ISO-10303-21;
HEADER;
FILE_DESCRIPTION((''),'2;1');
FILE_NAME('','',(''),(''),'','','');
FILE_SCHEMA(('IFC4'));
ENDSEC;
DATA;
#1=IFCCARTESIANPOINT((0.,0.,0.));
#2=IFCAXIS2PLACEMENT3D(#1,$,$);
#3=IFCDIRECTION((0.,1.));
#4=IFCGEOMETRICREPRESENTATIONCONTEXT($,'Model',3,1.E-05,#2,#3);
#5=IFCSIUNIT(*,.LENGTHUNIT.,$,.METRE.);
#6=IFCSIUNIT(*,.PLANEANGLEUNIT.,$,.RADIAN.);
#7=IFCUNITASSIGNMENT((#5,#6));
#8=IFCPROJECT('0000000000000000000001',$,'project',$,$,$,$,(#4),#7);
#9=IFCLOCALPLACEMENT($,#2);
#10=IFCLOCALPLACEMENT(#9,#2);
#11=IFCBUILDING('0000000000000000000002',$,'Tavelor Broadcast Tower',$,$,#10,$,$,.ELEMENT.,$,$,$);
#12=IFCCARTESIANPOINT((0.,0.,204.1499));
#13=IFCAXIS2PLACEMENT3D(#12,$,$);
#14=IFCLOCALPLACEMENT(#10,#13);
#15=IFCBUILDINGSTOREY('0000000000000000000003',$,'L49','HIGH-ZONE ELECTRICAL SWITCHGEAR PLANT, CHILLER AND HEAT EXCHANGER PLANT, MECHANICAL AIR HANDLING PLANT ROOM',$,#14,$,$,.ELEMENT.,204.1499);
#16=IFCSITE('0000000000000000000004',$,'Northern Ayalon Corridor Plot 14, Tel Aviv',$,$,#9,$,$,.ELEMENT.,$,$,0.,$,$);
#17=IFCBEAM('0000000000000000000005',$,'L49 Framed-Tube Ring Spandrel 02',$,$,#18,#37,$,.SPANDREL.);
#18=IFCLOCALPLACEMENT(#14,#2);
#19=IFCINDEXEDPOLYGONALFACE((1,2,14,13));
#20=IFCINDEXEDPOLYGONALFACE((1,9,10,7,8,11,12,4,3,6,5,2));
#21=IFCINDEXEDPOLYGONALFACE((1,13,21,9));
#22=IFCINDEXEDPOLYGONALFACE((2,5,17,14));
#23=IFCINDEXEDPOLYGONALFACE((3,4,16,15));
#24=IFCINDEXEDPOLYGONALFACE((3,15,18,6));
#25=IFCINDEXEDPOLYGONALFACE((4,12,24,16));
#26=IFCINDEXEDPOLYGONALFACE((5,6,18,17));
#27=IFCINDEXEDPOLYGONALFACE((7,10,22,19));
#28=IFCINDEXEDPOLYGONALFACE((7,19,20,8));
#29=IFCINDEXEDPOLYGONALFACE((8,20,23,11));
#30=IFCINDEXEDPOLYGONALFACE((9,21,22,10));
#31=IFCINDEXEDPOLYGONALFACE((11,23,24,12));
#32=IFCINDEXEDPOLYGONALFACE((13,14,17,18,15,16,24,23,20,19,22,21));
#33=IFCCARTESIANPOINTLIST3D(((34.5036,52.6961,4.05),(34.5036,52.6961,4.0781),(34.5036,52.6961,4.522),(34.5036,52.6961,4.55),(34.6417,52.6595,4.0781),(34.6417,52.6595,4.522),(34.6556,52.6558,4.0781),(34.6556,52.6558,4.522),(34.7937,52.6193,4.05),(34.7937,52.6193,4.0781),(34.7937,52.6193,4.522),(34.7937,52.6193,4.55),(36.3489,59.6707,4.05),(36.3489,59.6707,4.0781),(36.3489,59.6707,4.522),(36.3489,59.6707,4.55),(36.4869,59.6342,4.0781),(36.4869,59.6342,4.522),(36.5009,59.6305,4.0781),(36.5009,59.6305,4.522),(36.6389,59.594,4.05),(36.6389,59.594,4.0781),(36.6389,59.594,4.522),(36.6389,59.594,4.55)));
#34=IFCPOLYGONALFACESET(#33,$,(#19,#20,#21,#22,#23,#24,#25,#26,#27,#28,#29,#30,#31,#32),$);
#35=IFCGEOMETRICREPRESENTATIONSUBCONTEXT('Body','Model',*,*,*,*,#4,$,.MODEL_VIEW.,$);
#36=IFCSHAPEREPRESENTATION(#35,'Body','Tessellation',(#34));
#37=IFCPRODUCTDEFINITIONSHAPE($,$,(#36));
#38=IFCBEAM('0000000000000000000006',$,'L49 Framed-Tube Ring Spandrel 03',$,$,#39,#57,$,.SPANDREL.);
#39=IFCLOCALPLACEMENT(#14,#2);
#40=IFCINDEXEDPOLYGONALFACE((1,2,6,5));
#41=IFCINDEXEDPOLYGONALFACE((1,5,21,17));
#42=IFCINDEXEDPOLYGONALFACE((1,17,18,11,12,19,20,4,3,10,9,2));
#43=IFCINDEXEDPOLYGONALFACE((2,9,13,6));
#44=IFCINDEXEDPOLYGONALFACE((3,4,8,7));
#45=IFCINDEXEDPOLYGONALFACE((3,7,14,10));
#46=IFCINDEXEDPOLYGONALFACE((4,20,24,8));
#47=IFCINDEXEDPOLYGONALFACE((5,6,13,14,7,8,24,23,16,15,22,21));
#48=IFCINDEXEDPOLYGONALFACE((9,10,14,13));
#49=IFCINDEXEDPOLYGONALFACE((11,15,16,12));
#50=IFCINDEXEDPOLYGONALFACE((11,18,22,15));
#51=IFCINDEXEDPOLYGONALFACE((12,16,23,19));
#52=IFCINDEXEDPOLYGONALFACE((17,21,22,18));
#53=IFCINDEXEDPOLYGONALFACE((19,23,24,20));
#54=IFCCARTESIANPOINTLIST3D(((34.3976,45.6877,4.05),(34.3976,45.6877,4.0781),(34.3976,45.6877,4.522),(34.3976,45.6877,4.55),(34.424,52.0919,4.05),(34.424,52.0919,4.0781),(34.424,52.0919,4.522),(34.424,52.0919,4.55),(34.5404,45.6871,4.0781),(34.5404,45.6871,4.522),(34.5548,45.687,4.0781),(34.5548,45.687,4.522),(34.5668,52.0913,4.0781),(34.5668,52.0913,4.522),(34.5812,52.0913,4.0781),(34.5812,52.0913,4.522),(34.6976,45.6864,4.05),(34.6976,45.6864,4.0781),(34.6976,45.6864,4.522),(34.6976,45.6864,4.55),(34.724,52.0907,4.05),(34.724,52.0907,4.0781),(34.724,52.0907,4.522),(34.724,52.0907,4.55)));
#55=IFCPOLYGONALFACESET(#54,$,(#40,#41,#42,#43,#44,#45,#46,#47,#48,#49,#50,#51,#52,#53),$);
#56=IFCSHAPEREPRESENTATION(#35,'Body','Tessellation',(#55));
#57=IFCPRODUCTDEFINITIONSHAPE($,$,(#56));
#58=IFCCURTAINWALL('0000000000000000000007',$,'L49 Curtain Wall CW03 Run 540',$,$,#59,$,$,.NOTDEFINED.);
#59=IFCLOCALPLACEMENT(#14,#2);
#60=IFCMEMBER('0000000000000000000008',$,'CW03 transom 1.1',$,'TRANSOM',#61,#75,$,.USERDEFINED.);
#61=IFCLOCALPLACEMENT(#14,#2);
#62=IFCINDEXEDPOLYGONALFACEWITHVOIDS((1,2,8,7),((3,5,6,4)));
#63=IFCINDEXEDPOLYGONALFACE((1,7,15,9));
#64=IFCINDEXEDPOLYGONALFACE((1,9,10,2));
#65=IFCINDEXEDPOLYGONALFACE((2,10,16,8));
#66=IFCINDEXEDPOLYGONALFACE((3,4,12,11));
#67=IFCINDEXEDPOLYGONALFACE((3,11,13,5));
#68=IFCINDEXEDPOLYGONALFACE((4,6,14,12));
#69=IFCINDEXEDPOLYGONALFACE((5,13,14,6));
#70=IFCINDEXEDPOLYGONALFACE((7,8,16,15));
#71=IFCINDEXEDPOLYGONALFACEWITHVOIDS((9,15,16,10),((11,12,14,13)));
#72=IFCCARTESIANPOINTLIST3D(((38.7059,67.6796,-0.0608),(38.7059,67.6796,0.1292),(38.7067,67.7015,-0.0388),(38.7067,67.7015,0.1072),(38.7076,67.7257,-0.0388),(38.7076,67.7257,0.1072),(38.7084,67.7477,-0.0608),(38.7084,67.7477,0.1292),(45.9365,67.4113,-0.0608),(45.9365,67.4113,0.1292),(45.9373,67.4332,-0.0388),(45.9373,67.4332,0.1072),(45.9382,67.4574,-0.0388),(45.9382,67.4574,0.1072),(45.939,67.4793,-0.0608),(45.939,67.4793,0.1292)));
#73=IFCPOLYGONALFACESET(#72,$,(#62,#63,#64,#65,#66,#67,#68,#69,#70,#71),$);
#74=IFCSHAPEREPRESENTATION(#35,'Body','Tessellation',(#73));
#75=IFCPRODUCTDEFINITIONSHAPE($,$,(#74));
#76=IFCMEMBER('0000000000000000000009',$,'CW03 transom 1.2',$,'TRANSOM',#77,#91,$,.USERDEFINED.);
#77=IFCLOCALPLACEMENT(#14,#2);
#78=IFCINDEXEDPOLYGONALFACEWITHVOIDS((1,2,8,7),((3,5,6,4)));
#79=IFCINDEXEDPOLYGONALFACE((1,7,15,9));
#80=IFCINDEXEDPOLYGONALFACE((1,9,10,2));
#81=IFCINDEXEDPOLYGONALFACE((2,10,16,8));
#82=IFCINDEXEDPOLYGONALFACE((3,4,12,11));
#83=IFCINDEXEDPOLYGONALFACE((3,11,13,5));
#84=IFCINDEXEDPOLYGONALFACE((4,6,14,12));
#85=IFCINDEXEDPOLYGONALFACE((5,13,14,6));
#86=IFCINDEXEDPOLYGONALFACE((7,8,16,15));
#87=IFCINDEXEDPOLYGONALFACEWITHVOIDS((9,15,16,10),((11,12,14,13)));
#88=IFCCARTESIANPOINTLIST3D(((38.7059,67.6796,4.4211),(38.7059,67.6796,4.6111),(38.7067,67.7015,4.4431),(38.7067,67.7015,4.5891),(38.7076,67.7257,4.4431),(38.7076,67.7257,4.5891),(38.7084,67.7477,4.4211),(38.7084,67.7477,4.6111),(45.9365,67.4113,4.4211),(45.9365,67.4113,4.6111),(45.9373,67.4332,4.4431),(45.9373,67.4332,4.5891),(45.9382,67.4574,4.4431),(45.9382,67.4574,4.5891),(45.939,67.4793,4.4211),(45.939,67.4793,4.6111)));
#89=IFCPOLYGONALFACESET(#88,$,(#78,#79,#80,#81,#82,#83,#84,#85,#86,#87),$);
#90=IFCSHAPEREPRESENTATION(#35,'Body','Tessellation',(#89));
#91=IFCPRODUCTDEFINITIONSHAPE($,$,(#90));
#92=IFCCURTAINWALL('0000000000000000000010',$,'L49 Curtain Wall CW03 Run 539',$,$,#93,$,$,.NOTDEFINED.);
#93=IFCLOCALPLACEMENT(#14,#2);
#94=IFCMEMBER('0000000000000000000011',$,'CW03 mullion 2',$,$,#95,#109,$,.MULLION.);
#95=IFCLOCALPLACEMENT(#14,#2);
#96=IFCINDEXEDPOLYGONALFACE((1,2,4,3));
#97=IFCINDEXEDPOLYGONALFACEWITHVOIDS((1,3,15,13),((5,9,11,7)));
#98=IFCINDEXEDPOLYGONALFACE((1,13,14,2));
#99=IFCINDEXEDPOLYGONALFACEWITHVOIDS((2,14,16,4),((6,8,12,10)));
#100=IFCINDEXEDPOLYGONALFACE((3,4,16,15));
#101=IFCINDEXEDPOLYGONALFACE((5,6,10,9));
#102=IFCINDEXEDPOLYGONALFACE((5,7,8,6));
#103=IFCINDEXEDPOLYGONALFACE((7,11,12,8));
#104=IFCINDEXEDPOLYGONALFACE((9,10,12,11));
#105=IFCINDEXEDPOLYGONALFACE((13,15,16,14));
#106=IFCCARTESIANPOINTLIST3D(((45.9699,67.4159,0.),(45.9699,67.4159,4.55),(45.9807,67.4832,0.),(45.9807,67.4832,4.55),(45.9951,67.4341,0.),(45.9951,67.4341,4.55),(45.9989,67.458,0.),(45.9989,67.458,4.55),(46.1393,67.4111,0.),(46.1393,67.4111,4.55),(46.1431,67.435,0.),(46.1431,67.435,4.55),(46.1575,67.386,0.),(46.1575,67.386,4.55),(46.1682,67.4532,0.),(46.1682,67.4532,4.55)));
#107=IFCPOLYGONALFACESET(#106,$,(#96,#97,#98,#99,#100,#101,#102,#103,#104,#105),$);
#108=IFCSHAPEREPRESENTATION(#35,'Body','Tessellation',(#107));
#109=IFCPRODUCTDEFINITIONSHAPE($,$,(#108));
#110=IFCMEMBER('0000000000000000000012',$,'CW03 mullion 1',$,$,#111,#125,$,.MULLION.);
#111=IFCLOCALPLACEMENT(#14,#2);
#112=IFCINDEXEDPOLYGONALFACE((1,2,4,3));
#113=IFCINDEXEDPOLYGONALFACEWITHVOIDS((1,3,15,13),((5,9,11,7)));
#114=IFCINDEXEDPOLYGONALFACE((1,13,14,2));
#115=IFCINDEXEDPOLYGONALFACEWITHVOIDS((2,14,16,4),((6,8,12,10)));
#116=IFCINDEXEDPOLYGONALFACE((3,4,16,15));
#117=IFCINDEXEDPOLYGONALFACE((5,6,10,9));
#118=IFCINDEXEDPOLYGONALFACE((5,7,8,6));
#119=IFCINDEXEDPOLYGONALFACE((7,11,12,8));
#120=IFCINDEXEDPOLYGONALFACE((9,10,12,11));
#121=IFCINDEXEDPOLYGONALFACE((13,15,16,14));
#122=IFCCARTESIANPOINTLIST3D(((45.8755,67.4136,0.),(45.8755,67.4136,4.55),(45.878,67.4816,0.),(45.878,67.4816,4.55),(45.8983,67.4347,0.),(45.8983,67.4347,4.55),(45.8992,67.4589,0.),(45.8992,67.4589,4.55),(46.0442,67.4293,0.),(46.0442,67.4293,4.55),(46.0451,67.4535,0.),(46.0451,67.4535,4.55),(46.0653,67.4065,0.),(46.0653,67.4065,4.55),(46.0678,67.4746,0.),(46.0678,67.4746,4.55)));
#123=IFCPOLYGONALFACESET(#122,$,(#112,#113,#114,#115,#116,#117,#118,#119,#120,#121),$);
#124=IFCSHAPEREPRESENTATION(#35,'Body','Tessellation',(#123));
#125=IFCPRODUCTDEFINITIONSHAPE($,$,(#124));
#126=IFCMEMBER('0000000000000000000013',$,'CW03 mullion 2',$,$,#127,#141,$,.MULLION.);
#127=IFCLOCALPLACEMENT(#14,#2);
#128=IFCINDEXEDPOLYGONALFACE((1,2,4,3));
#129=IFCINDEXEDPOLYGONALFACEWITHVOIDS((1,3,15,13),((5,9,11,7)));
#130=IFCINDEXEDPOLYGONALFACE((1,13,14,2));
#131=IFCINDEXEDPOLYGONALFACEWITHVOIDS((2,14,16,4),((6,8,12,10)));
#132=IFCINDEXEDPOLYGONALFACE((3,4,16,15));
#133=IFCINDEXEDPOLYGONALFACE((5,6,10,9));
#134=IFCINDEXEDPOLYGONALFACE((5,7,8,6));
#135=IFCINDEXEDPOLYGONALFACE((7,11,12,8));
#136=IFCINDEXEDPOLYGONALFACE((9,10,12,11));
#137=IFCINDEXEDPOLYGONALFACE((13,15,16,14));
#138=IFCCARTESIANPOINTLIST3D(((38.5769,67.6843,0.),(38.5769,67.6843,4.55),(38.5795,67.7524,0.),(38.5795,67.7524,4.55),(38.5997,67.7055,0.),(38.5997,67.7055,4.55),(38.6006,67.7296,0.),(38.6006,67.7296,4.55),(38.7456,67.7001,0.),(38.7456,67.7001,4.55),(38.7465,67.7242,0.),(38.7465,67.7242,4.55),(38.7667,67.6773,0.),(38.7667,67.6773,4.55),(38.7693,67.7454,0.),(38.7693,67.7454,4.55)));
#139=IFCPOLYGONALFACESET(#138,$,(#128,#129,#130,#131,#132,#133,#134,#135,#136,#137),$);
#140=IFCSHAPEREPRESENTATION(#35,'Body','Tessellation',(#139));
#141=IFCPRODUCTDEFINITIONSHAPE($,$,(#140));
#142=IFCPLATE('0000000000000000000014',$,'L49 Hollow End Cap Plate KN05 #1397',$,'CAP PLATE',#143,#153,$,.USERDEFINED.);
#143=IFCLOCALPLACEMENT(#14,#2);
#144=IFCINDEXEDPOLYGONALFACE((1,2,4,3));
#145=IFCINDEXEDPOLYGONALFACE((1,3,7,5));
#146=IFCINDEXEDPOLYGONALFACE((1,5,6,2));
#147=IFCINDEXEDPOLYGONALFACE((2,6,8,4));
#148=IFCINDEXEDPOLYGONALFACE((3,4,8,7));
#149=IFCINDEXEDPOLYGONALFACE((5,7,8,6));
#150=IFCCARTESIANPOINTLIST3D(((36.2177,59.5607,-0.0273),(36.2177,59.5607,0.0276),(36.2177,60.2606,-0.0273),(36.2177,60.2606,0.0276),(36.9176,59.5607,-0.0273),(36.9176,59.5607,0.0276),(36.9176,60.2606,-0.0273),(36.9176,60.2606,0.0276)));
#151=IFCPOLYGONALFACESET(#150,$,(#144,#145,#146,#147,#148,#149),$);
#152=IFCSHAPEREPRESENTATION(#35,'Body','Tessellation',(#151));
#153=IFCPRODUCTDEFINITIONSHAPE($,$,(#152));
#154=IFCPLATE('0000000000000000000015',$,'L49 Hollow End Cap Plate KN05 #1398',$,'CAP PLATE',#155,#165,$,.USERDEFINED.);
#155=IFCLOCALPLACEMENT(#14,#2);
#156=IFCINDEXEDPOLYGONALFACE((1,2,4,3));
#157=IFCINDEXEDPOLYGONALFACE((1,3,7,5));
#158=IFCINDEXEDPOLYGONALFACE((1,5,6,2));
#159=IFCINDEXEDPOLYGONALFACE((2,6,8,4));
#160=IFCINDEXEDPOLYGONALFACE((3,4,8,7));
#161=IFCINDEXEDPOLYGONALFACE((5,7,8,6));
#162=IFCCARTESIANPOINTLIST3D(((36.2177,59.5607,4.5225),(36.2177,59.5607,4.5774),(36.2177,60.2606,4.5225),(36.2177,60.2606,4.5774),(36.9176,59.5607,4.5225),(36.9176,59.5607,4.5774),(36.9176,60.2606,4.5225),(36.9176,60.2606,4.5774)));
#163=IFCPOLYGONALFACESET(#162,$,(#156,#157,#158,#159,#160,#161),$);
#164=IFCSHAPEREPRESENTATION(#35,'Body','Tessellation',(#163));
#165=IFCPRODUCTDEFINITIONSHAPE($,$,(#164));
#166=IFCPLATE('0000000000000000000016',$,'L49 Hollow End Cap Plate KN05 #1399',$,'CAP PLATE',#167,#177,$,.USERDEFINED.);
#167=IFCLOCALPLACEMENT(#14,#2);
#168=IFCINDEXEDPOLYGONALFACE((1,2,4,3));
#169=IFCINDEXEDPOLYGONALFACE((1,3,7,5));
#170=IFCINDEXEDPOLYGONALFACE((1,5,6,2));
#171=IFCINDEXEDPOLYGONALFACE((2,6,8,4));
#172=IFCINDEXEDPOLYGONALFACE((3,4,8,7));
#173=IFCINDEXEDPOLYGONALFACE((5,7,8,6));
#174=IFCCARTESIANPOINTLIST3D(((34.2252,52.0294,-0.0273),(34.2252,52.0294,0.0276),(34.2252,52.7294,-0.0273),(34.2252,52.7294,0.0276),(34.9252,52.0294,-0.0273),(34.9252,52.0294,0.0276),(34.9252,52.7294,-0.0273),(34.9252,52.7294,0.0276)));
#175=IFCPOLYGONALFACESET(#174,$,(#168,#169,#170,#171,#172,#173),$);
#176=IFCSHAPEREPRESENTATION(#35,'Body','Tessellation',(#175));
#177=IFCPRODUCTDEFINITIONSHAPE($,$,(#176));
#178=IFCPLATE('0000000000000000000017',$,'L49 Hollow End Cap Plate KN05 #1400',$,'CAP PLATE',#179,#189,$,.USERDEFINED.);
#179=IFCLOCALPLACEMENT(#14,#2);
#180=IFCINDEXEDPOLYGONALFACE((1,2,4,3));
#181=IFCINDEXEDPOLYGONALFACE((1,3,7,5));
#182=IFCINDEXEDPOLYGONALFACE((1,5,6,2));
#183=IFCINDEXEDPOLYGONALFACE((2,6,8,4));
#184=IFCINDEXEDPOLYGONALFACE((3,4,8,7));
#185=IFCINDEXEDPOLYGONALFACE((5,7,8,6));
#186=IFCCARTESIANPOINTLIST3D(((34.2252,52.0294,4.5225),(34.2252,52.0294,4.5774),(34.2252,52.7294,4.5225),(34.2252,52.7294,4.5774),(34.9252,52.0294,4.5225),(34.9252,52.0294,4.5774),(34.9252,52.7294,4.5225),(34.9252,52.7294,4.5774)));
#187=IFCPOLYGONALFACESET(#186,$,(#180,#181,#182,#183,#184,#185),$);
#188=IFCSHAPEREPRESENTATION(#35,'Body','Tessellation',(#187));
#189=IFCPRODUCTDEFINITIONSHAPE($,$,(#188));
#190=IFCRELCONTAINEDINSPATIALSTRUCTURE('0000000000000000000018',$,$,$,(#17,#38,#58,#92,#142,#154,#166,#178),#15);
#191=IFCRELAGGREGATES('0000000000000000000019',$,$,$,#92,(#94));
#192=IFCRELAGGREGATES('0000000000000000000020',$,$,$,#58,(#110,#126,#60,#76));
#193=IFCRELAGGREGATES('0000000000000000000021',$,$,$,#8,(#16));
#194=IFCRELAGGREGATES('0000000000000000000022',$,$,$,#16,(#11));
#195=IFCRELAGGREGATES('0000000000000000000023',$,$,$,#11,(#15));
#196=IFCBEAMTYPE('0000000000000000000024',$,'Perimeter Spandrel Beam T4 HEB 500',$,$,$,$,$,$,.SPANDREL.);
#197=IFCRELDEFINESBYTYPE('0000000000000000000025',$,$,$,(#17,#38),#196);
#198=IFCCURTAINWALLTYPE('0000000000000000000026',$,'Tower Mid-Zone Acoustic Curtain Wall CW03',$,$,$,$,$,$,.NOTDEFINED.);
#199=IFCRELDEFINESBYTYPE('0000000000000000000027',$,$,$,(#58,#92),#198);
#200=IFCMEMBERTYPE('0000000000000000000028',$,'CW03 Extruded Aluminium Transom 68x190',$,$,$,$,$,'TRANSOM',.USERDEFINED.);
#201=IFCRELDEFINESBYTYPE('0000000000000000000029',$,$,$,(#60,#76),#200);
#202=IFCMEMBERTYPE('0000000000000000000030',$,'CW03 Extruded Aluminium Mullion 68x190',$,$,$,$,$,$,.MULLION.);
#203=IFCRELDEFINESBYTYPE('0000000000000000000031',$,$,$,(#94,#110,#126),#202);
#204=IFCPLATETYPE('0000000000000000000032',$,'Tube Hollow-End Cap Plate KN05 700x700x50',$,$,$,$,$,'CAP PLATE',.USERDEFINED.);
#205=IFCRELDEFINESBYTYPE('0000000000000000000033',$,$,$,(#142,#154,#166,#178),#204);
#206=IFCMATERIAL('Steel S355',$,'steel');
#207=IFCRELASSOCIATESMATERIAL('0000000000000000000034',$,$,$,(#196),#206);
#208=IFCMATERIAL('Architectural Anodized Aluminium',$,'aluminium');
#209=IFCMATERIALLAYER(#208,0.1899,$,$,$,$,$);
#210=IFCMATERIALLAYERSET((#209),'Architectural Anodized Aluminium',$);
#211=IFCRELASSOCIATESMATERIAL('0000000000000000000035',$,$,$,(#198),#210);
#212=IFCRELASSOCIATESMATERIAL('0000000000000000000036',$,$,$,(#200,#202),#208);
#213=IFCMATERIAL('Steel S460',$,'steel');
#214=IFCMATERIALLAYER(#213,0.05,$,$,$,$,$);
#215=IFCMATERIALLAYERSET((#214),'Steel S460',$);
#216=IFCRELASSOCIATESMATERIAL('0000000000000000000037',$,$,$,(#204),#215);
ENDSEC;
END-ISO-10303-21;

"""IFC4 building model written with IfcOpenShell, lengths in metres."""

from ifc_helpers import new_model, si_unit, direction, frame, origin, origin_2d, place, context, subcontext, project, spatial, rectangle, hollow_rectangle, i_section, extrude, source, transform, mapped, material, layer, layer_set, material_profile, profile_set, type_object, type_shapes, element, aggregate, save


model = new_model("IFC4")

# Units and contexts
model_context = context("Model", 3, precision=1e-05, world=origin(), true_north=direction((0.0, 1.0)))
body_context = subcontext(model_context, "Body", "Model", "MODEL_VIEW")
ifc_project = project(units=[si_unit("LENGTHUNIT", "METRE"), si_unit("PLANEANGLEUNIT", "RADIAN")], contexts=[model_context])

# Site, building, storey
site_placement = place(None, origin())
site = spatial("IfcSite", under=ifc_project, at=site_placement, Name="Northern Ayalon Corridor Plot 14, Tel Aviv", CompositionType="ELEMENT", RefElevation=0.0)
building_placement = place(site_placement, origin())
building = spatial("IfcBuilding", under=site, at=building_placement, Name="Tavelor Broadcast Tower", CompositionType="ELEMENT")
storey_placement = place(building_placement, frame((0.0, 0.0, 204.1499)))
storey = spatial("IfcBuildingStorey", under=building, at=storey_placement, Name="L49", Description="HIGH-ZONE ELECTRICAL SWITCHGEAR PLANT, CHILLER AND HEAT EXCHANGER PLANT, MECHANICAL AIR HANDLING PLANT ROOM", CompositionType="ELEMENT", Elevation=204.1499)

# Shared definitions
ifc_material_1 = material(Name="Steel S460", Category="steel")

# Beams
ifc_material_2 = material(Name="Steel S355", Category="steel")
ifc_material_profile_1 = material_profile(ifc_material_2, i_section(OverallWidth=0.3, OverallDepth=0.5, WebThickness=0.0144, FlangeThickness=0.0281, at=origin_2d()), Name="HEB 500")
ifc_profile_set_1 = profile_set([ifc_material_profile_1], Name="Steel S355")
beam_type_1 = type_object("IfcBeamType", Name="Perimeter Spandrel Beam T4 HEB 500", PredefinedType="SPANDREL", material=ifc_profile_set_1)
beam_1_placement = place(storey_placement, frame((36.4939, 59.6323, 4.3), z_axis=(-0.255762, -0.96674, 0.0), x_axis=(0.96674, -0.255762, 0.0)))
element("IfcBeam", 1, at=beam_1_placement, inside=storey, type_object=beam_type_1, Name="L49 Framed-Tube Ring Spandrel 02", PredefinedType="SPANDREL", context=body_context, shape_type="SweptSolid", body=[
    extrude(i_section(OverallWidth=0.3, OverallDepth=0.5, WebThickness=0.0144, FlangeThickness=0.0281, at=origin_2d()), origin(), (0.0, 0.0, 1.0), 7.2146),
])
beam_2_placement = place(storey_placement, frame((34.574, 52.0913, 4.3), z_axis=(-0.004117, -0.999992, 0.0), x_axis=(0.999992, -0.004117, 0.0)))
element("IfcBeam", 2, at=beam_2_placement, inside=storey, type_object=beam_type_1, Name="L49 Framed-Tube Ring Spandrel 03", PredefinedType="SPANDREL", context=body_context, shape_type="SweptSolid", body=[
    extrude(i_section(OverallWidth=0.3, OverallDepth=0.5, WebThickness=0.0144, FlangeThickness=0.0281, at=origin_2d()), origin(), (0.0, 0.0, 1.0), 6.4043),
])

# Curtain wall, members
ifc_material_3 = material(Name="Architectural Anodized Aluminium", Category="aluminium")
ifc_layer_1 = layer(ifc_material_3, 0.1899)
ifc_layer_set_1 = layer_set([ifc_layer_1], Name="Architectural Anodized Aluminium")
curtain_wall_type = type_object("IfcCurtainWallType", Name="Tower Mid-Zone Acoustic Curtain Wall CW03", PredefinedType="NOTDEFINED", material=ifc_layer_set_1)
curtain_wall_1_placement = place(storey_placement, origin())
curtain_wall_1 = element("IfcCurtainWall", 3, at=curtain_wall_1_placement, inside=storey, type_object=curtain_wall_type, Name="L49 Curtain Wall CW03 Run 540", PredefinedType="NOTDEFINED")
ifc_material_profile_2 = material_profile(ifc_material_3, hollow_rectangle(XDim=0.0681, YDim=0.1899, WallThickness=0.022, at=origin_2d()), Name="RHS 68x190x22")
ifc_profile_set_2 = profile_set([ifc_material_profile_2], Name="Architectural Anodized Aluminium")
member_type_1 = type_object("IfcMemberType", Name="CW03 Extruded Aluminium Transom 68x190", ElementType="TRANSOM", PredefinedType="USERDEFINED", material=ifc_profile_set_2)
shared_shape_1 = source(origin(), body_context, "Body", "SweptSolid", [
    extrude(hollow_rectangle(XDim=0.0681, YDim=0.1899, WallThickness=0.022, at=origin_2d()), origin(), (0.0, 0.0, 1.0), 7.2356),
])
type_shapes(member_type_1, [shared_shape_1])
member_1_placement = place(storey_placement, frame((45.9377, 67.4453, 0.0342), z_axis=(-0.999312, 0.037082, 0.0), x_axis=(-0.037082, -0.999312, 0.0)))
member_1 = element("IfcMember", 4, at=member_1_placement, type_object=member_type_1, Name="CW03 transom 1.1", ObjectType="TRANSOM", PredefinedType="USERDEFINED", context=body_context, shape_type="MappedRepresentation", body=[
    mapped(shared_shape_1, transform((0.0, 0.0, 0.0), scale=1.0)),
])
member_2_placement = place(storey_placement, frame((45.9377, 67.4453, 4.5161), z_axis=(-0.999312, 0.037082, 0.0), x_axis=(-0.037082, -0.999312, 0.0)))
member_2 = element("IfcMember", 5, at=member_2_placement, type_object=member_type_1, Name="CW03 transom 1.2", ObjectType="TRANSOM", PredefinedType="USERDEFINED", context=body_context, shape_type="MappedRepresentation", body=[
    mapped(shared_shape_1, transform((0.0, 0.0, 0.0), scale=1.0)),
])

# Curtain wall, member
curtain_wall_2_placement = place(storey_placement, origin())
curtain_wall_2 = element("IfcCurtainWall", 6, at=curtain_wall_2_placement, inside=storey, type_object=curtain_wall_type, Name="L49 Curtain Wall CW03 Run 539", PredefinedType="NOTDEFINED")
ifc_material_profile_3 = material_profile(ifc_material_3, hollow_rectangle(XDim=0.0681, YDim=0.1899, WallThickness=0.022, at=origin_2d()), Name="RHS 68x190x22")
ifc_profile_set_3 = profile_set([ifc_material_profile_3], Name="Architectural Anodized Aluminium")
member_type_2 = type_object("IfcMemberType", Name="CW03 Extruded Aluminium Mullion 68x190", PredefinedType="MULLION", material=ifc_profile_set_3)
shared_shape_2 = source(origin(), body_context, "Body", "SweptSolid", [
    extrude(hollow_rectangle(XDim=0.0681, YDim=0.1899, WallThickness=0.022, at=origin_2d()), origin(), (0.0, 0.0, 1.0), 4.55),
])
type_shapes(member_type_2, [shared_shape_2])
member_3_placement = place(storey_placement, frame((46.0691, 67.4346, 0.0), z_axis=(0.0, 0.0, 1.0), x_axis=(-0.157698, -0.987487, 0.0)))
member_3 = element("IfcMember", 7, at=member_3_placement, type_object=member_type_2, Name="CW03 mullion 2", PredefinedType="MULLION", context=body_context, shape_type="MappedRepresentation", body=[
    mapped(shared_shape_2, transform((0.0, 0.0, 0.0), scale=1.0)),
])
aggregate(curtain_wall_2, [member_3])

# Members
member_4_placement = place(storey_placement, frame((45.9717, 67.4441, 0.0), z_axis=(0.0, 0.0, 1.0), x_axis=(-0.037061, -0.999313, 0.0)))
member_4 = element("IfcMember", 8, at=member_4_placement, type_object=member_type_2, Name="CW03 mullion 1", PredefinedType="MULLION", context=body_context, shape_type="MappedRepresentation", body=[
    mapped(shared_shape_2, transform((0.0, 0.0, 0.0), scale=1.0)),
])
member_5_placement = place(storey_placement, frame((38.6731, 67.7148, 0.0), z_axis=(0.0, 0.0, 1.0), x_axis=(-0.037061, -0.999313, 0.0)))
member_5 = element("IfcMember", 9, at=member_5_placement, type_object=member_type_2, Name="CW03 mullion 2", PredefinedType="MULLION", context=body_context, shape_type="MappedRepresentation", body=[
    mapped(shared_shape_2, transform((0.0, 0.0, 0.0), scale=1.0)),
])

# Plates
ifc_layer_2 = layer(ifc_material_1, 0.05)
ifc_layer_set_2 = layer_set([ifc_layer_2], Name="Steel S460")
plate_type_1 = type_object("IfcPlateType", Name="Tube Hollow-End Cap Plate KN05 700x700x50", ElementType="CAP PLATE", PredefinedType="USERDEFINED", material=ifc_layer_set_2)
shared_shape_3 = source(origin(), body_context, "Body", "SweptSolid", [
    extrude(rectangle(XDim=0.7, YDim=0.7, at=origin_2d()), origin(), (0.0, 0.0, 1.0), 0.0549),
])
for number, where, z_axis, x_axis, name in (
    (10, (36.5676, 59.9106, -0.0273), (0.0, 0.0, 1.0), (1.0, 0.0, 0.0), "L49 Hollow End Cap Plate KN05 #1397"),
    (11, (36.5676, 59.9106, 4.5225), (0.0, 0.0, 1.0), (1.0, 0.0, 0.0), "L49 Hollow End Cap Plate KN05 #1398"),
    (12, (34.5752, 52.3794, -0.0273), (0.0, 0.0, 1.0), (1.0, 0.0, 0.0), "L49 Hollow End Cap Plate KN05 #1399"),
    (13, (34.5752, 52.3794, 4.5225), (0.0, 0.0, 1.0), (1.0, 0.0, 0.0), "L49 Hollow End Cap Plate KN05 #1400"),
):
    element("IfcPlate", number, at=place(storey_placement, frame(where, z_axis=z_axis, x_axis=x_axis)), inside=storey, type_object=plate_type_1, Name=name, ObjectType="CAP PLATE", PredefinedType="USERDEFINED", context=body_context, shape_type="MappedRepresentation", body=[
        mapped(shared_shape_3, transform((0.0, 0.0, 0.0), scale=1.0)),
    ])

aggregate(curtain_wall_1, [member_4, member_5, member_1, member_2])

save(model, "model.ifc")
